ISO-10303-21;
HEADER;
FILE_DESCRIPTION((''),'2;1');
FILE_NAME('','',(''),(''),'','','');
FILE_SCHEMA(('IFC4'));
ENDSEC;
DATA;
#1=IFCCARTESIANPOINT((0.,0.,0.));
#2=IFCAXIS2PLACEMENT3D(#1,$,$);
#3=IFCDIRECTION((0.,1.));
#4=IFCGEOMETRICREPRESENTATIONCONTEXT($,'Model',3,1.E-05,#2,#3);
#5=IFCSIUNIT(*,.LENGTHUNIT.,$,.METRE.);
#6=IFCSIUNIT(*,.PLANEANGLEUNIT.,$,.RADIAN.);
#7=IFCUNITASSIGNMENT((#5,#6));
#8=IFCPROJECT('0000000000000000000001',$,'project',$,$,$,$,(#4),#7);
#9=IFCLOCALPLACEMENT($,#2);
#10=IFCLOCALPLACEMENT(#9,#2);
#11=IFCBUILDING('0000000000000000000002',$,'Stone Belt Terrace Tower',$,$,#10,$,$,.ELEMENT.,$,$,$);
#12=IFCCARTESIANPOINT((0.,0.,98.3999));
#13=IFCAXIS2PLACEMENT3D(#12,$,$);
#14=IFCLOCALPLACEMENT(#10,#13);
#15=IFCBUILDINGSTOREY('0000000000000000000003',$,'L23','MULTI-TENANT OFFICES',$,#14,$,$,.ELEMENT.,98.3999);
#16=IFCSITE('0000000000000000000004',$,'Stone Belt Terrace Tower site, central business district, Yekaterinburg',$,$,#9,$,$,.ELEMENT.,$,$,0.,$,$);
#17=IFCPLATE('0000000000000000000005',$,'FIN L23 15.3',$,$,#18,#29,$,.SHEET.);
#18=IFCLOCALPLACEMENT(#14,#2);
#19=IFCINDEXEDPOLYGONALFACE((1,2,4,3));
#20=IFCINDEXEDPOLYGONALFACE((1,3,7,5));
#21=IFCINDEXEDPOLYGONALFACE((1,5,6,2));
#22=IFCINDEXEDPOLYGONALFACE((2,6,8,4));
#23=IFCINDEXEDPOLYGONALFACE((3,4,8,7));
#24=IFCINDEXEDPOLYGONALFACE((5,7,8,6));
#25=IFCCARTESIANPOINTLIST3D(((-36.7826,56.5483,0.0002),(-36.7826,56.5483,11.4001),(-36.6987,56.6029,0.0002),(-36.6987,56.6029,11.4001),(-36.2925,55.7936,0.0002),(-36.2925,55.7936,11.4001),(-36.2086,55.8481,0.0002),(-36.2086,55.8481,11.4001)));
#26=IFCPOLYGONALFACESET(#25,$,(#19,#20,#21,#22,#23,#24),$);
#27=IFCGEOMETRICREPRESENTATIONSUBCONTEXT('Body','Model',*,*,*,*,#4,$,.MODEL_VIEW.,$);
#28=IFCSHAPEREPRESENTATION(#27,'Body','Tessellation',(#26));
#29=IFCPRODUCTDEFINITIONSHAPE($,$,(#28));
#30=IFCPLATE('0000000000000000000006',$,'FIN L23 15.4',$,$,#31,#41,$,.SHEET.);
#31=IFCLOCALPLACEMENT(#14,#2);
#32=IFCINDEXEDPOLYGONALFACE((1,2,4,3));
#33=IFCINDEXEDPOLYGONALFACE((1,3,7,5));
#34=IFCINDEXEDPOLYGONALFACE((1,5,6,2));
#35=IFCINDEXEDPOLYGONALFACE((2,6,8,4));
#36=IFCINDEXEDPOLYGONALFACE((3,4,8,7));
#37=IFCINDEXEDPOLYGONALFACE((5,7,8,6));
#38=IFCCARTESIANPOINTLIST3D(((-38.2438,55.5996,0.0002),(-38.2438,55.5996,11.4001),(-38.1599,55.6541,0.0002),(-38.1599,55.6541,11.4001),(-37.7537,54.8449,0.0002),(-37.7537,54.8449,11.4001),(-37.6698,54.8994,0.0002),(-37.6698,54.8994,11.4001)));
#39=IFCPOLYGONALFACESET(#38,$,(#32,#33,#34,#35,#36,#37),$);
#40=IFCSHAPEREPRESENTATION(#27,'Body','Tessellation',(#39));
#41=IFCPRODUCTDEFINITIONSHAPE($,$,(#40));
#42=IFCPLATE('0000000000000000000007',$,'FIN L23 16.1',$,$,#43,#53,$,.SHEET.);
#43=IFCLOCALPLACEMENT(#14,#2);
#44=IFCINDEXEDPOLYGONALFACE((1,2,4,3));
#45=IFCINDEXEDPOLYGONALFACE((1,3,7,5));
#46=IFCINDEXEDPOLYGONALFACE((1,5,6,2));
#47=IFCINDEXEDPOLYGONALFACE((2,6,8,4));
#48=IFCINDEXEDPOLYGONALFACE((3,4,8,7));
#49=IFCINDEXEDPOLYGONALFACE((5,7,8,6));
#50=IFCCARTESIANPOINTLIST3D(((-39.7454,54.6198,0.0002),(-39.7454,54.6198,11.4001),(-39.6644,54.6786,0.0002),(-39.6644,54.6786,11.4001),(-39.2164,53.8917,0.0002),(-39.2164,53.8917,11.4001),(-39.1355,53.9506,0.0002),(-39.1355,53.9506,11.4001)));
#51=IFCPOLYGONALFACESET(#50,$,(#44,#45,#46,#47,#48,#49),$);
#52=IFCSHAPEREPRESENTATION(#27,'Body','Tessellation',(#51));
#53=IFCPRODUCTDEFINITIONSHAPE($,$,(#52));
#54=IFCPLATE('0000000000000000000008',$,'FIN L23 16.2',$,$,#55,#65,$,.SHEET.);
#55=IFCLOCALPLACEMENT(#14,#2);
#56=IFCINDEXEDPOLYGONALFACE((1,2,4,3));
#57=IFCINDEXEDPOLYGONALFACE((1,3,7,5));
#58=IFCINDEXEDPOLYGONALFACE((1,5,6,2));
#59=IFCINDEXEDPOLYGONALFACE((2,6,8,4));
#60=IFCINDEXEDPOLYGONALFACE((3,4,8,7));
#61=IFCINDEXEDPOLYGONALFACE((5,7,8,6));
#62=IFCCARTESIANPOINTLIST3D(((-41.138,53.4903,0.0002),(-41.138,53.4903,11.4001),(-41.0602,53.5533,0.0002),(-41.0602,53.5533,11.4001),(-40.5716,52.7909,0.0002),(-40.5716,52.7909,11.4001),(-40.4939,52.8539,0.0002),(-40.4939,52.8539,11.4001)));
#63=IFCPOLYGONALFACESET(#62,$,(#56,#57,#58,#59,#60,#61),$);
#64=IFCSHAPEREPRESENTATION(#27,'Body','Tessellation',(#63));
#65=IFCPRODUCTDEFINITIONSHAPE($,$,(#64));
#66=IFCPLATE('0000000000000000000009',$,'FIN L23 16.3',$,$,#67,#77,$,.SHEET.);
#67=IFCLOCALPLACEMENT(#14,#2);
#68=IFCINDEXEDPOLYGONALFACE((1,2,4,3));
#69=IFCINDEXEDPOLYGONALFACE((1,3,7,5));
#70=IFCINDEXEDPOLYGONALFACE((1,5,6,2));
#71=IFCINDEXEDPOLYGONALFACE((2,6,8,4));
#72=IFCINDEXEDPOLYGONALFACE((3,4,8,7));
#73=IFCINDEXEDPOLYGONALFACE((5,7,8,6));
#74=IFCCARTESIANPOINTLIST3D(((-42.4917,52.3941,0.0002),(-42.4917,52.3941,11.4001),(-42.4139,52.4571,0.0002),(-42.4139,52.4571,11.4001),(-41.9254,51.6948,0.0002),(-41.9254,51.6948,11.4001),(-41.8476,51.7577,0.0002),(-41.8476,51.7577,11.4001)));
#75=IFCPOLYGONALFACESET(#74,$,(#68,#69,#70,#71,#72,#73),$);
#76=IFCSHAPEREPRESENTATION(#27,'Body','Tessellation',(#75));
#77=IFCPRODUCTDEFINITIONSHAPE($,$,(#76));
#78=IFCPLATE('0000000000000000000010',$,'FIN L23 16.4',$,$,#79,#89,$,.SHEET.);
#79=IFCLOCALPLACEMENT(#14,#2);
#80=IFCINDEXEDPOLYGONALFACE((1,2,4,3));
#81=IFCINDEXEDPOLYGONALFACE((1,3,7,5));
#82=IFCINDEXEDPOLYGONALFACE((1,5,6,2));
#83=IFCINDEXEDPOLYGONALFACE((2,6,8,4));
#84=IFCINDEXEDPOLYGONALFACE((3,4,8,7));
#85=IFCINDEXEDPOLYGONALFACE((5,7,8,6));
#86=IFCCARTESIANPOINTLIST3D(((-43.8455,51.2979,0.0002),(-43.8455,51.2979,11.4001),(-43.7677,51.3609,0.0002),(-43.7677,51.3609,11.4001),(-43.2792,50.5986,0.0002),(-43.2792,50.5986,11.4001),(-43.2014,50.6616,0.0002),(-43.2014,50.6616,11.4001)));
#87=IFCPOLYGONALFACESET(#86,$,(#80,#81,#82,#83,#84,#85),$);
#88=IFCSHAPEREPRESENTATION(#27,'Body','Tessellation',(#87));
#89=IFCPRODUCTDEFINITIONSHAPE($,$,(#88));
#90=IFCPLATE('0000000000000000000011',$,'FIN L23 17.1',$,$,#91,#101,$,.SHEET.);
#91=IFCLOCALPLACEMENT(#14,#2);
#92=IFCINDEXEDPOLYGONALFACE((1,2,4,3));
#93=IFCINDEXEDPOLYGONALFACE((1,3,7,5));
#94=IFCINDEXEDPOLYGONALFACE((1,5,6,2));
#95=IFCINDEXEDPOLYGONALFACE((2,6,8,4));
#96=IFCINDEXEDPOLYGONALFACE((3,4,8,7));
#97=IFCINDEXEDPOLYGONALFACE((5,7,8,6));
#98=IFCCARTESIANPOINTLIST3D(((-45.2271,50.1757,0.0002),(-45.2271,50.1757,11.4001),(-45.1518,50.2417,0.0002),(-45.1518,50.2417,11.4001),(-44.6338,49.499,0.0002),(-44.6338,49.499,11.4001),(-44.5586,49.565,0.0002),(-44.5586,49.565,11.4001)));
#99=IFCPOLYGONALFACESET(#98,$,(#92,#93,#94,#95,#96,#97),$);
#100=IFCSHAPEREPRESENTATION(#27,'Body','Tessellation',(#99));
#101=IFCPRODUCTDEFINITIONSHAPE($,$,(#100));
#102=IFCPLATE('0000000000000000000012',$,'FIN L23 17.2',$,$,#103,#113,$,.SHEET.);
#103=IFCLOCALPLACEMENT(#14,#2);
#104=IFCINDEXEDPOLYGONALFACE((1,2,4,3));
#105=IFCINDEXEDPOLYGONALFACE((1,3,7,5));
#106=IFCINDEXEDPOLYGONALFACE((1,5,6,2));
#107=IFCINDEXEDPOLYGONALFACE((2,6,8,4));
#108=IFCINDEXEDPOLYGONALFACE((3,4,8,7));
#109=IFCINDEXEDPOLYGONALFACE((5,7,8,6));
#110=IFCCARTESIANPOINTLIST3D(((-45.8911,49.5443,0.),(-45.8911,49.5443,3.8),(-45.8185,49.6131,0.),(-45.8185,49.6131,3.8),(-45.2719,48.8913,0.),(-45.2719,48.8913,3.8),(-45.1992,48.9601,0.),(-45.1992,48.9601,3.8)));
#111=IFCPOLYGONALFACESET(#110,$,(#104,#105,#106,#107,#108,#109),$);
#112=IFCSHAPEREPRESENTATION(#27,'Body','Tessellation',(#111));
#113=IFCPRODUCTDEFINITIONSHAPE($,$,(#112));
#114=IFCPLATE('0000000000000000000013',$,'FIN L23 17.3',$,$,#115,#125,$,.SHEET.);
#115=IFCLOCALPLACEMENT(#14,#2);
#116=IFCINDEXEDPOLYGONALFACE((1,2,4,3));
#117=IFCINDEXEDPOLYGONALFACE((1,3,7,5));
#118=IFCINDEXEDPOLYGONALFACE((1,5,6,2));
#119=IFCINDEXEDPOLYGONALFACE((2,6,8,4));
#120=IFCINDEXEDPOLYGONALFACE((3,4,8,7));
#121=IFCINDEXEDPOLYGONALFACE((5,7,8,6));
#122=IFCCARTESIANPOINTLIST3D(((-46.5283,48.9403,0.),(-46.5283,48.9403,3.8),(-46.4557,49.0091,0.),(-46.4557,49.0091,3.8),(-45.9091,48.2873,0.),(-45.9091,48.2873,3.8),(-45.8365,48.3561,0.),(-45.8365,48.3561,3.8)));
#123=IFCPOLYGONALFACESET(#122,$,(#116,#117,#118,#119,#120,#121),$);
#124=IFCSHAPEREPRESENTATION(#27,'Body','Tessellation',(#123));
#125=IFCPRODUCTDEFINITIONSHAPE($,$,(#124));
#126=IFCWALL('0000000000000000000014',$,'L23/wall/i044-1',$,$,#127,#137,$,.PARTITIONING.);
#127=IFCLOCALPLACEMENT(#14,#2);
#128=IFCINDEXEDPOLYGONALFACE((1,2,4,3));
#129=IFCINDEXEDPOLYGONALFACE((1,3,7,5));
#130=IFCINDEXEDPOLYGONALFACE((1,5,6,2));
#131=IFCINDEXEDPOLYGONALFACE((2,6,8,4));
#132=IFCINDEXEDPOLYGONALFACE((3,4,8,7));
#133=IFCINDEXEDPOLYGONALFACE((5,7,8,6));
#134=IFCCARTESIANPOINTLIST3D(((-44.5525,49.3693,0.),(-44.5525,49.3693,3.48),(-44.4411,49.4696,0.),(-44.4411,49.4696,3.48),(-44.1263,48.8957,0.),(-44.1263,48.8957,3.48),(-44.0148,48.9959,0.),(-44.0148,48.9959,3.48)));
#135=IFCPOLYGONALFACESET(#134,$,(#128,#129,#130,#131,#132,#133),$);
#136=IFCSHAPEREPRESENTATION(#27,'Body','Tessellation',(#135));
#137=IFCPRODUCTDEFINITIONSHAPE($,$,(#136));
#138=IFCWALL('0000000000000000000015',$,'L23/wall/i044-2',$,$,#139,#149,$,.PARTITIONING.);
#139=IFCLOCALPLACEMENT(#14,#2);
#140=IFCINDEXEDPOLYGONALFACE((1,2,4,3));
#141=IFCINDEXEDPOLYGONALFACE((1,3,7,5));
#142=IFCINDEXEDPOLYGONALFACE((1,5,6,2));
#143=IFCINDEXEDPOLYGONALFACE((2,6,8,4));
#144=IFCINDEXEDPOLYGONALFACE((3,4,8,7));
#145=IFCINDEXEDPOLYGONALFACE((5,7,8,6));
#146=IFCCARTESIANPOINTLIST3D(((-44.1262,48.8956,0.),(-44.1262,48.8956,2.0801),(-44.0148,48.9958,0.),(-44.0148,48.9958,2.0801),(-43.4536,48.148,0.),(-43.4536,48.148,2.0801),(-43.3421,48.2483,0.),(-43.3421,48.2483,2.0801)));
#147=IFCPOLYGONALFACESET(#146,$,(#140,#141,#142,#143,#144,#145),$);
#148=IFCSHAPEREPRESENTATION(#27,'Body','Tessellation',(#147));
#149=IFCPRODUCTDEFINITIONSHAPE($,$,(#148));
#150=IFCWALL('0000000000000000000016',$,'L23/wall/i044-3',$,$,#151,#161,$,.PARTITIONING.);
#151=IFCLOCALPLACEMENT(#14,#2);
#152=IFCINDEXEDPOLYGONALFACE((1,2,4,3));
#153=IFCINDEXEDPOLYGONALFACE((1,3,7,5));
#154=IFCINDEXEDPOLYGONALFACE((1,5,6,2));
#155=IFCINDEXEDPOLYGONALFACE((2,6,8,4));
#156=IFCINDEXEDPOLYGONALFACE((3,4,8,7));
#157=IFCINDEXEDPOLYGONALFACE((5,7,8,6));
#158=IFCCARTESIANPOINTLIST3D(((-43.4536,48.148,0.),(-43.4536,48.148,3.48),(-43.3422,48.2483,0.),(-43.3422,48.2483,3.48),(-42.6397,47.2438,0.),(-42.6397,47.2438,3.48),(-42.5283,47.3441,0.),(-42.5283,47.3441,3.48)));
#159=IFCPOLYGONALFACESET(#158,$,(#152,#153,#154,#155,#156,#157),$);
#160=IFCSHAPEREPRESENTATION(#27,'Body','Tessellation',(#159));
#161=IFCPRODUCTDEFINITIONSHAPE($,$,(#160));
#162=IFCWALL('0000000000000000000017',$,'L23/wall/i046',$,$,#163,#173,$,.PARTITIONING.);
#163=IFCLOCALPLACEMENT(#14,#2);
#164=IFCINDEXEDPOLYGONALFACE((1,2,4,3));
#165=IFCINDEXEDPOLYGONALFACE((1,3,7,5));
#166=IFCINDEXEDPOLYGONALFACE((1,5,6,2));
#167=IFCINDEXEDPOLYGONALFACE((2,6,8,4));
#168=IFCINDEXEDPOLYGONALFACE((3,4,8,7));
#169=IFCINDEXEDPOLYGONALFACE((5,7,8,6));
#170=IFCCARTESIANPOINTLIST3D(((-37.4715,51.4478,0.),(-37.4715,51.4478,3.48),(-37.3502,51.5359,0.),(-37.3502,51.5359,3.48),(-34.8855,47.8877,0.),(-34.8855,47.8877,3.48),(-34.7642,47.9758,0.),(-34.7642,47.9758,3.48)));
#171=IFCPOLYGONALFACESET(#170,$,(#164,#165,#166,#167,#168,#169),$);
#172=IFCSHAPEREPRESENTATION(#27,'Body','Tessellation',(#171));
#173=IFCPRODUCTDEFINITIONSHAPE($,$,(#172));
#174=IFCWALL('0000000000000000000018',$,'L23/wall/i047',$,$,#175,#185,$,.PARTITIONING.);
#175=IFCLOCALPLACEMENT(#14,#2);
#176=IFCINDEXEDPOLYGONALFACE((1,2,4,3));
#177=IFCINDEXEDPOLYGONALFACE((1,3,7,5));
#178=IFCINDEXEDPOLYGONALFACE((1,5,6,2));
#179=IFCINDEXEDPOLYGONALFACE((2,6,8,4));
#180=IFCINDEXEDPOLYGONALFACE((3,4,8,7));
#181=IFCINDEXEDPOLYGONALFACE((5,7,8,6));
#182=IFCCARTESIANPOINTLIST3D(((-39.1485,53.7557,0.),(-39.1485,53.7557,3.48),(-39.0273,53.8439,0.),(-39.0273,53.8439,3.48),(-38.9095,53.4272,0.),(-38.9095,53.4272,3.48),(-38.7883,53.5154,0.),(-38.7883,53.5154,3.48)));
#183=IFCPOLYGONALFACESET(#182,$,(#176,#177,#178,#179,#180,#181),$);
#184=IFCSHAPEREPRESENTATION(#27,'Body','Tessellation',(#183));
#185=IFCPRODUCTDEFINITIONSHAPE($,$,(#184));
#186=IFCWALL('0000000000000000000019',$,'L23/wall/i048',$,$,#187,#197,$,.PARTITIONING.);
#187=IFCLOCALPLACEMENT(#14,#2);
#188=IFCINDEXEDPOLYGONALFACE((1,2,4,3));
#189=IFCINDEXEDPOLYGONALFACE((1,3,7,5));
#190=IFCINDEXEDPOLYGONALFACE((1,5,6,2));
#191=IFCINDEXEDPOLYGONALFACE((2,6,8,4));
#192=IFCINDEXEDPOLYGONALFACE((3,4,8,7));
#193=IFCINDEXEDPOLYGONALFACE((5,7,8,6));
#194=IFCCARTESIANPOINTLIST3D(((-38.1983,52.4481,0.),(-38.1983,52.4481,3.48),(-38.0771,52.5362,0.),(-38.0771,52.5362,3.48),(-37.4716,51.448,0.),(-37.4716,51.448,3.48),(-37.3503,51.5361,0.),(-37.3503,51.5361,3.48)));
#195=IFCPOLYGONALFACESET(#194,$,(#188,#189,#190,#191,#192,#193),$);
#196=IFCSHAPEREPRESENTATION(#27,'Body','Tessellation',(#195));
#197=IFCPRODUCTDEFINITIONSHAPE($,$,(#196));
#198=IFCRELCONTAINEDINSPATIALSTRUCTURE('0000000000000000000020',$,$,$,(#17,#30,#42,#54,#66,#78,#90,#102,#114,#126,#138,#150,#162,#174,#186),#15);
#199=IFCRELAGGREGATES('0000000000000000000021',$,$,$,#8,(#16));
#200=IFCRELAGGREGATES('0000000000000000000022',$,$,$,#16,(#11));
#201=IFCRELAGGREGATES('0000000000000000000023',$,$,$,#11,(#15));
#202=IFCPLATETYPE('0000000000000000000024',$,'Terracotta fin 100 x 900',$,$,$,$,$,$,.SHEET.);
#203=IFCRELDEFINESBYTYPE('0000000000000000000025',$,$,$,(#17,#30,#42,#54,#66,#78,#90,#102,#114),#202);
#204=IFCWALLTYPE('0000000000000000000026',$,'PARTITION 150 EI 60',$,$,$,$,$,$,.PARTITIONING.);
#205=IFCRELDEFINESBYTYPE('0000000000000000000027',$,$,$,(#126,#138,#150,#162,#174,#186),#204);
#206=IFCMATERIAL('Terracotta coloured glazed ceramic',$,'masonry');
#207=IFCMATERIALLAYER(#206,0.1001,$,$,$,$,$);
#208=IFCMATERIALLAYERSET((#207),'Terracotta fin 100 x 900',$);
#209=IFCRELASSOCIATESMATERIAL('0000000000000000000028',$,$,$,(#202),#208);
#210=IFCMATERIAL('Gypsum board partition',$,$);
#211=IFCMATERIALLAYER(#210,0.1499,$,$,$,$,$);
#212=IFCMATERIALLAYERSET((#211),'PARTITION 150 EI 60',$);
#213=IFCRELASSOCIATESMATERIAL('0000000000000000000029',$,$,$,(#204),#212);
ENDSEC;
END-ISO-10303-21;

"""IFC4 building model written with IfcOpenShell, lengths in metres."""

from ifc_helpers import new_model, si_unit, direction, frame, frame_2d, origin, origin_2d, place, context, subcontext, project, spatial, rectangle, extrude, material, layer, layer_set, type_object, element, save


model = new_model("IFC4")

# Units and contexts
model_context = context("Model", 3, precision=1e-05, world=origin(), true_north=direction((0.0, 1.0)))
body_context = subcontext(model_context, "Body", "Model", "MODEL_VIEW")
ifc_project = project(units=[si_unit("LENGTHUNIT", "METRE"), si_unit("PLANEANGLEUNIT", "RADIAN")], contexts=[model_context])

# Site, building, storey
site_placement = place(None, origin())
site = spatial("IfcSite", under=ifc_project, at=site_placement, Name="Stone Belt Terrace Tower site, central business district, Yekaterinburg", CompositionType="ELEMENT", RefElevation=0.0)
building_placement = place(site_placement, origin())
building = spatial("IfcBuilding", under=site, at=building_placement, Name="Stone Belt Terrace Tower", CompositionType="ELEMENT")
storey_placement = place(building_placement, frame((0.0, 0.0, 98.3999)))
storey = spatial("IfcBuildingStorey", under=building, at=storey_placement, Name="L23", Description="MULTI-TENANT OFFICES", CompositionType="ELEMENT", Elevation=98.3999)

# Plates
ifc_material_1 = material(Name="Terracotta coloured glazed ceramic", Category="masonry")
ifc_layer_1 = layer(ifc_material_1, 0.1001)
ifc_layer_set_1 = layer_set([ifc_layer_1], Name="Terracotta fin 100 x 900")
plate_type_1 = type_object("IfcPlateType", Name="Terracotta fin 100 x 900", PredefinedType="SHEET", material=ifc_layer_set_1)
for number, where, z_axis, x_axis, name in (
    (1, (-36.4956, 56.1982, 0.0002), (0.0, 0.0, 1.0), (-0.544639, 0.838671, 0.0), "FIN L23 15.3"),
    (2, (-37.9568, 55.2495, 0.0002), (0.0, 0.0, 1.0), (-0.544639, 0.838671, 0.0), "FIN L23 15.4"),
    (3, (-39.4404, 54.2852, 0.0002), (0.0, 0.0, 1.0), (-0.587785, 0.809017, 0.0), "FIN L23 16.1"),
    (4, (-40.8159, 53.1721, 0.0002), (0.0, 0.0, 1.0), (-0.62932, 0.777146, 0.0), "FIN L23 16.2"),
    (5, (-42.1697, 52.0759, 0.0002), (0.0, 0.0, 1.0), (-0.62932, 0.777146, 0.0), "FIN L23 16.3"),
    (6, (-43.5234, 50.9797, 0.0002), (0.0, 0.0, 1.0), (-0.62932, 0.777146, 0.0), "FIN L23 16.4"),
    (7, (-44.8928, 49.8704, 0.0002), (0.0, 0.0, 1.0), (-0.659207, 0.751961, 0.0), "FIN L23 17.1"),
):
    element("IfcPlate", number, at=place(storey_placement, frame(where, z_axis=z_axis, x_axis=x_axis)), inside=storey, type_object=plate_type_1, Name=name, PredefinedType="SHEET", context=body_context, shape_type="SweptSolid", body=[
        extrude(rectangle(XDim=0.8999, YDim=0.1001, at=origin_2d()), origin(), (0.0, 0.0, 1.0), 11.3999),
    ])
for number, where, z_axis, x_axis, name in (
    (8, (-45.5452, 49.2522, 0.0), (0.0, 0.0, 1.0), (-0.688087, 0.725628, 0.0), "FIN L23 17.2"),
    (9, (-46.1824, 48.6482, 0.0), (0.0, 0.0, 1.0), (-0.688087, 0.725628, 0.0), "FIN L23 17.3"),
):
    element("IfcPlate", number, at=place(storey_placement, frame(where, z_axis=z_axis, x_axis=x_axis)), inside=storey, type_object=plate_type_1, Name=name, PredefinedType="SHEET", context=body_context, shape_type="SweptSolid", body=[
        extrude(rectangle(XDim=0.8999, YDim=0.1001, at=origin_2d()), origin(), (0.0, 0.0, 1.0), 3.8),
    ])

# Walls
ifc_material_2 = material(Name="Gypsum board partition")
ifc_layer_2 = layer(ifc_material_2, 0.1499)
ifc_layer_set_2 = layer_set([ifc_layer_2], Name="PARTITION 150 EI 60")
wall_type = type_object("IfcWallType", Name="PARTITION 150 EI 60", PredefinedType="PARTITIONING", material=ifc_layer_set_2)
wall_1_placement = place(storey_placement, frame((-44.4968, 49.4194, 0.0), z_axis=(0.0, 0.0, 1.0), x_axis=(0.668965, -0.743294, 0.0)))
element("IfcWall", 10, at=wall_1_placement, inside=storey, type_object=wall_type, Name="L23/wall/i044-1", PredefinedType="PARTITIONING", context=body_context, shape_type="SweptSolid", body=[
    extrude(rectangle(XDim=0.6372, YDim=0.1499, at=frame_2d((0.3186, 0.0))), origin(), (0.0, 0.0, 1.0), 3.48),
])
wall_2_placement = place(storey_placement, frame((-44.0706, 48.9458, 0.0), z_axis=(0.0, 0.0, 1.0), x_axis=(0.668857, -0.743391, 0.0)))
element("IfcWall", 11, at=wall_2_placement, inside=storey, type_object=wall_type, Name="L23/wall/i044-2", PredefinedType="PARTITIONING", context=body_context, shape_type="SweptSolid", body=[
    extrude(rectangle(XDim=1.0056, YDim=0.1499, at=frame_2d((0.5029, 0.0))), origin(), (0.0, 0.0, 1.0), 2.0801),
])
wall_3_placement = place(storey_placement, frame((-43.3979, 48.1982, 0.0), z_axis=(0.0, 0.0, 1.0), x_axis=(0.669009, -0.743254, 0.0)))
element("IfcWall", 12, at=wall_3_placement, inside=storey, type_object=wall_type, Name="L23/wall/i044-3", PredefinedType="PARTITIONING", context=body_context, shape_type="SweptSolid", body=[
    extrude(rectangle(XDim=1.2166, YDim=0.1499, at=frame_2d((0.6084, 0.0))), origin(), (0.0, 0.0, 1.0), 3.48),
])
wall_4_placement = place(storey_placement, frame((-37.4109, 51.4919, 0.0), z_axis=(0.0, 0.0, 1.0), x_axis=(0.587697, -0.809081, 0.0)))
element("IfcWall", 13, at=wall_4_placement, inside=storey, type_object=wall_type, Name="L23/wall/i046", PredefinedType="PARTITIONING", context=body_context, shape_type="SweptSolid", body=[
    extrude(rectangle(XDim=4.4001, YDim=0.1499, at=frame_2d((2.2002, 0.0))), origin(), (0.0, 0.0, 1.0), 3.48),
])
wall_5_placement = place(storey_placement, frame((-39.0879, 53.7998, 0.0), z_axis=(0.0, 0.0, 1.0), x_axis=(0.588207, -0.80871, 0.0)))
element("IfcWall", 14, at=wall_5_placement, inside=storey, type_object=wall_type, Name="L23/wall/i047", PredefinedType="PARTITIONING", context=body_context, shape_type="SweptSolid", body=[
    extrude(rectangle(XDim=0.4062, YDim=0.1499, at=frame_2d((0.2031, 0.0))), origin(), (0.0, 0.0, 1.0), 3.48),
])
wall_6_placement = place(storey_placement, frame((-38.1377, 52.4922, 0.0), z_axis=(0.0, 0.0, 1.0), x_axis=(0.587831, -0.808984, 0.0)))
element("IfcWall", 15, at=wall_6_placement, inside=storey, type_object=wall_type, Name="L23/wall/i048", PredefinedType="PARTITIONING", context=body_context, shape_type="SweptSolid", body=[
    extrude(rectangle(XDim=1.2363, YDim=0.1499, at=frame_2d((0.6182, 0.0))), origin(), (0.0, 0.0, 1.0), 3.48),
])

save(model, "model.ifc")
